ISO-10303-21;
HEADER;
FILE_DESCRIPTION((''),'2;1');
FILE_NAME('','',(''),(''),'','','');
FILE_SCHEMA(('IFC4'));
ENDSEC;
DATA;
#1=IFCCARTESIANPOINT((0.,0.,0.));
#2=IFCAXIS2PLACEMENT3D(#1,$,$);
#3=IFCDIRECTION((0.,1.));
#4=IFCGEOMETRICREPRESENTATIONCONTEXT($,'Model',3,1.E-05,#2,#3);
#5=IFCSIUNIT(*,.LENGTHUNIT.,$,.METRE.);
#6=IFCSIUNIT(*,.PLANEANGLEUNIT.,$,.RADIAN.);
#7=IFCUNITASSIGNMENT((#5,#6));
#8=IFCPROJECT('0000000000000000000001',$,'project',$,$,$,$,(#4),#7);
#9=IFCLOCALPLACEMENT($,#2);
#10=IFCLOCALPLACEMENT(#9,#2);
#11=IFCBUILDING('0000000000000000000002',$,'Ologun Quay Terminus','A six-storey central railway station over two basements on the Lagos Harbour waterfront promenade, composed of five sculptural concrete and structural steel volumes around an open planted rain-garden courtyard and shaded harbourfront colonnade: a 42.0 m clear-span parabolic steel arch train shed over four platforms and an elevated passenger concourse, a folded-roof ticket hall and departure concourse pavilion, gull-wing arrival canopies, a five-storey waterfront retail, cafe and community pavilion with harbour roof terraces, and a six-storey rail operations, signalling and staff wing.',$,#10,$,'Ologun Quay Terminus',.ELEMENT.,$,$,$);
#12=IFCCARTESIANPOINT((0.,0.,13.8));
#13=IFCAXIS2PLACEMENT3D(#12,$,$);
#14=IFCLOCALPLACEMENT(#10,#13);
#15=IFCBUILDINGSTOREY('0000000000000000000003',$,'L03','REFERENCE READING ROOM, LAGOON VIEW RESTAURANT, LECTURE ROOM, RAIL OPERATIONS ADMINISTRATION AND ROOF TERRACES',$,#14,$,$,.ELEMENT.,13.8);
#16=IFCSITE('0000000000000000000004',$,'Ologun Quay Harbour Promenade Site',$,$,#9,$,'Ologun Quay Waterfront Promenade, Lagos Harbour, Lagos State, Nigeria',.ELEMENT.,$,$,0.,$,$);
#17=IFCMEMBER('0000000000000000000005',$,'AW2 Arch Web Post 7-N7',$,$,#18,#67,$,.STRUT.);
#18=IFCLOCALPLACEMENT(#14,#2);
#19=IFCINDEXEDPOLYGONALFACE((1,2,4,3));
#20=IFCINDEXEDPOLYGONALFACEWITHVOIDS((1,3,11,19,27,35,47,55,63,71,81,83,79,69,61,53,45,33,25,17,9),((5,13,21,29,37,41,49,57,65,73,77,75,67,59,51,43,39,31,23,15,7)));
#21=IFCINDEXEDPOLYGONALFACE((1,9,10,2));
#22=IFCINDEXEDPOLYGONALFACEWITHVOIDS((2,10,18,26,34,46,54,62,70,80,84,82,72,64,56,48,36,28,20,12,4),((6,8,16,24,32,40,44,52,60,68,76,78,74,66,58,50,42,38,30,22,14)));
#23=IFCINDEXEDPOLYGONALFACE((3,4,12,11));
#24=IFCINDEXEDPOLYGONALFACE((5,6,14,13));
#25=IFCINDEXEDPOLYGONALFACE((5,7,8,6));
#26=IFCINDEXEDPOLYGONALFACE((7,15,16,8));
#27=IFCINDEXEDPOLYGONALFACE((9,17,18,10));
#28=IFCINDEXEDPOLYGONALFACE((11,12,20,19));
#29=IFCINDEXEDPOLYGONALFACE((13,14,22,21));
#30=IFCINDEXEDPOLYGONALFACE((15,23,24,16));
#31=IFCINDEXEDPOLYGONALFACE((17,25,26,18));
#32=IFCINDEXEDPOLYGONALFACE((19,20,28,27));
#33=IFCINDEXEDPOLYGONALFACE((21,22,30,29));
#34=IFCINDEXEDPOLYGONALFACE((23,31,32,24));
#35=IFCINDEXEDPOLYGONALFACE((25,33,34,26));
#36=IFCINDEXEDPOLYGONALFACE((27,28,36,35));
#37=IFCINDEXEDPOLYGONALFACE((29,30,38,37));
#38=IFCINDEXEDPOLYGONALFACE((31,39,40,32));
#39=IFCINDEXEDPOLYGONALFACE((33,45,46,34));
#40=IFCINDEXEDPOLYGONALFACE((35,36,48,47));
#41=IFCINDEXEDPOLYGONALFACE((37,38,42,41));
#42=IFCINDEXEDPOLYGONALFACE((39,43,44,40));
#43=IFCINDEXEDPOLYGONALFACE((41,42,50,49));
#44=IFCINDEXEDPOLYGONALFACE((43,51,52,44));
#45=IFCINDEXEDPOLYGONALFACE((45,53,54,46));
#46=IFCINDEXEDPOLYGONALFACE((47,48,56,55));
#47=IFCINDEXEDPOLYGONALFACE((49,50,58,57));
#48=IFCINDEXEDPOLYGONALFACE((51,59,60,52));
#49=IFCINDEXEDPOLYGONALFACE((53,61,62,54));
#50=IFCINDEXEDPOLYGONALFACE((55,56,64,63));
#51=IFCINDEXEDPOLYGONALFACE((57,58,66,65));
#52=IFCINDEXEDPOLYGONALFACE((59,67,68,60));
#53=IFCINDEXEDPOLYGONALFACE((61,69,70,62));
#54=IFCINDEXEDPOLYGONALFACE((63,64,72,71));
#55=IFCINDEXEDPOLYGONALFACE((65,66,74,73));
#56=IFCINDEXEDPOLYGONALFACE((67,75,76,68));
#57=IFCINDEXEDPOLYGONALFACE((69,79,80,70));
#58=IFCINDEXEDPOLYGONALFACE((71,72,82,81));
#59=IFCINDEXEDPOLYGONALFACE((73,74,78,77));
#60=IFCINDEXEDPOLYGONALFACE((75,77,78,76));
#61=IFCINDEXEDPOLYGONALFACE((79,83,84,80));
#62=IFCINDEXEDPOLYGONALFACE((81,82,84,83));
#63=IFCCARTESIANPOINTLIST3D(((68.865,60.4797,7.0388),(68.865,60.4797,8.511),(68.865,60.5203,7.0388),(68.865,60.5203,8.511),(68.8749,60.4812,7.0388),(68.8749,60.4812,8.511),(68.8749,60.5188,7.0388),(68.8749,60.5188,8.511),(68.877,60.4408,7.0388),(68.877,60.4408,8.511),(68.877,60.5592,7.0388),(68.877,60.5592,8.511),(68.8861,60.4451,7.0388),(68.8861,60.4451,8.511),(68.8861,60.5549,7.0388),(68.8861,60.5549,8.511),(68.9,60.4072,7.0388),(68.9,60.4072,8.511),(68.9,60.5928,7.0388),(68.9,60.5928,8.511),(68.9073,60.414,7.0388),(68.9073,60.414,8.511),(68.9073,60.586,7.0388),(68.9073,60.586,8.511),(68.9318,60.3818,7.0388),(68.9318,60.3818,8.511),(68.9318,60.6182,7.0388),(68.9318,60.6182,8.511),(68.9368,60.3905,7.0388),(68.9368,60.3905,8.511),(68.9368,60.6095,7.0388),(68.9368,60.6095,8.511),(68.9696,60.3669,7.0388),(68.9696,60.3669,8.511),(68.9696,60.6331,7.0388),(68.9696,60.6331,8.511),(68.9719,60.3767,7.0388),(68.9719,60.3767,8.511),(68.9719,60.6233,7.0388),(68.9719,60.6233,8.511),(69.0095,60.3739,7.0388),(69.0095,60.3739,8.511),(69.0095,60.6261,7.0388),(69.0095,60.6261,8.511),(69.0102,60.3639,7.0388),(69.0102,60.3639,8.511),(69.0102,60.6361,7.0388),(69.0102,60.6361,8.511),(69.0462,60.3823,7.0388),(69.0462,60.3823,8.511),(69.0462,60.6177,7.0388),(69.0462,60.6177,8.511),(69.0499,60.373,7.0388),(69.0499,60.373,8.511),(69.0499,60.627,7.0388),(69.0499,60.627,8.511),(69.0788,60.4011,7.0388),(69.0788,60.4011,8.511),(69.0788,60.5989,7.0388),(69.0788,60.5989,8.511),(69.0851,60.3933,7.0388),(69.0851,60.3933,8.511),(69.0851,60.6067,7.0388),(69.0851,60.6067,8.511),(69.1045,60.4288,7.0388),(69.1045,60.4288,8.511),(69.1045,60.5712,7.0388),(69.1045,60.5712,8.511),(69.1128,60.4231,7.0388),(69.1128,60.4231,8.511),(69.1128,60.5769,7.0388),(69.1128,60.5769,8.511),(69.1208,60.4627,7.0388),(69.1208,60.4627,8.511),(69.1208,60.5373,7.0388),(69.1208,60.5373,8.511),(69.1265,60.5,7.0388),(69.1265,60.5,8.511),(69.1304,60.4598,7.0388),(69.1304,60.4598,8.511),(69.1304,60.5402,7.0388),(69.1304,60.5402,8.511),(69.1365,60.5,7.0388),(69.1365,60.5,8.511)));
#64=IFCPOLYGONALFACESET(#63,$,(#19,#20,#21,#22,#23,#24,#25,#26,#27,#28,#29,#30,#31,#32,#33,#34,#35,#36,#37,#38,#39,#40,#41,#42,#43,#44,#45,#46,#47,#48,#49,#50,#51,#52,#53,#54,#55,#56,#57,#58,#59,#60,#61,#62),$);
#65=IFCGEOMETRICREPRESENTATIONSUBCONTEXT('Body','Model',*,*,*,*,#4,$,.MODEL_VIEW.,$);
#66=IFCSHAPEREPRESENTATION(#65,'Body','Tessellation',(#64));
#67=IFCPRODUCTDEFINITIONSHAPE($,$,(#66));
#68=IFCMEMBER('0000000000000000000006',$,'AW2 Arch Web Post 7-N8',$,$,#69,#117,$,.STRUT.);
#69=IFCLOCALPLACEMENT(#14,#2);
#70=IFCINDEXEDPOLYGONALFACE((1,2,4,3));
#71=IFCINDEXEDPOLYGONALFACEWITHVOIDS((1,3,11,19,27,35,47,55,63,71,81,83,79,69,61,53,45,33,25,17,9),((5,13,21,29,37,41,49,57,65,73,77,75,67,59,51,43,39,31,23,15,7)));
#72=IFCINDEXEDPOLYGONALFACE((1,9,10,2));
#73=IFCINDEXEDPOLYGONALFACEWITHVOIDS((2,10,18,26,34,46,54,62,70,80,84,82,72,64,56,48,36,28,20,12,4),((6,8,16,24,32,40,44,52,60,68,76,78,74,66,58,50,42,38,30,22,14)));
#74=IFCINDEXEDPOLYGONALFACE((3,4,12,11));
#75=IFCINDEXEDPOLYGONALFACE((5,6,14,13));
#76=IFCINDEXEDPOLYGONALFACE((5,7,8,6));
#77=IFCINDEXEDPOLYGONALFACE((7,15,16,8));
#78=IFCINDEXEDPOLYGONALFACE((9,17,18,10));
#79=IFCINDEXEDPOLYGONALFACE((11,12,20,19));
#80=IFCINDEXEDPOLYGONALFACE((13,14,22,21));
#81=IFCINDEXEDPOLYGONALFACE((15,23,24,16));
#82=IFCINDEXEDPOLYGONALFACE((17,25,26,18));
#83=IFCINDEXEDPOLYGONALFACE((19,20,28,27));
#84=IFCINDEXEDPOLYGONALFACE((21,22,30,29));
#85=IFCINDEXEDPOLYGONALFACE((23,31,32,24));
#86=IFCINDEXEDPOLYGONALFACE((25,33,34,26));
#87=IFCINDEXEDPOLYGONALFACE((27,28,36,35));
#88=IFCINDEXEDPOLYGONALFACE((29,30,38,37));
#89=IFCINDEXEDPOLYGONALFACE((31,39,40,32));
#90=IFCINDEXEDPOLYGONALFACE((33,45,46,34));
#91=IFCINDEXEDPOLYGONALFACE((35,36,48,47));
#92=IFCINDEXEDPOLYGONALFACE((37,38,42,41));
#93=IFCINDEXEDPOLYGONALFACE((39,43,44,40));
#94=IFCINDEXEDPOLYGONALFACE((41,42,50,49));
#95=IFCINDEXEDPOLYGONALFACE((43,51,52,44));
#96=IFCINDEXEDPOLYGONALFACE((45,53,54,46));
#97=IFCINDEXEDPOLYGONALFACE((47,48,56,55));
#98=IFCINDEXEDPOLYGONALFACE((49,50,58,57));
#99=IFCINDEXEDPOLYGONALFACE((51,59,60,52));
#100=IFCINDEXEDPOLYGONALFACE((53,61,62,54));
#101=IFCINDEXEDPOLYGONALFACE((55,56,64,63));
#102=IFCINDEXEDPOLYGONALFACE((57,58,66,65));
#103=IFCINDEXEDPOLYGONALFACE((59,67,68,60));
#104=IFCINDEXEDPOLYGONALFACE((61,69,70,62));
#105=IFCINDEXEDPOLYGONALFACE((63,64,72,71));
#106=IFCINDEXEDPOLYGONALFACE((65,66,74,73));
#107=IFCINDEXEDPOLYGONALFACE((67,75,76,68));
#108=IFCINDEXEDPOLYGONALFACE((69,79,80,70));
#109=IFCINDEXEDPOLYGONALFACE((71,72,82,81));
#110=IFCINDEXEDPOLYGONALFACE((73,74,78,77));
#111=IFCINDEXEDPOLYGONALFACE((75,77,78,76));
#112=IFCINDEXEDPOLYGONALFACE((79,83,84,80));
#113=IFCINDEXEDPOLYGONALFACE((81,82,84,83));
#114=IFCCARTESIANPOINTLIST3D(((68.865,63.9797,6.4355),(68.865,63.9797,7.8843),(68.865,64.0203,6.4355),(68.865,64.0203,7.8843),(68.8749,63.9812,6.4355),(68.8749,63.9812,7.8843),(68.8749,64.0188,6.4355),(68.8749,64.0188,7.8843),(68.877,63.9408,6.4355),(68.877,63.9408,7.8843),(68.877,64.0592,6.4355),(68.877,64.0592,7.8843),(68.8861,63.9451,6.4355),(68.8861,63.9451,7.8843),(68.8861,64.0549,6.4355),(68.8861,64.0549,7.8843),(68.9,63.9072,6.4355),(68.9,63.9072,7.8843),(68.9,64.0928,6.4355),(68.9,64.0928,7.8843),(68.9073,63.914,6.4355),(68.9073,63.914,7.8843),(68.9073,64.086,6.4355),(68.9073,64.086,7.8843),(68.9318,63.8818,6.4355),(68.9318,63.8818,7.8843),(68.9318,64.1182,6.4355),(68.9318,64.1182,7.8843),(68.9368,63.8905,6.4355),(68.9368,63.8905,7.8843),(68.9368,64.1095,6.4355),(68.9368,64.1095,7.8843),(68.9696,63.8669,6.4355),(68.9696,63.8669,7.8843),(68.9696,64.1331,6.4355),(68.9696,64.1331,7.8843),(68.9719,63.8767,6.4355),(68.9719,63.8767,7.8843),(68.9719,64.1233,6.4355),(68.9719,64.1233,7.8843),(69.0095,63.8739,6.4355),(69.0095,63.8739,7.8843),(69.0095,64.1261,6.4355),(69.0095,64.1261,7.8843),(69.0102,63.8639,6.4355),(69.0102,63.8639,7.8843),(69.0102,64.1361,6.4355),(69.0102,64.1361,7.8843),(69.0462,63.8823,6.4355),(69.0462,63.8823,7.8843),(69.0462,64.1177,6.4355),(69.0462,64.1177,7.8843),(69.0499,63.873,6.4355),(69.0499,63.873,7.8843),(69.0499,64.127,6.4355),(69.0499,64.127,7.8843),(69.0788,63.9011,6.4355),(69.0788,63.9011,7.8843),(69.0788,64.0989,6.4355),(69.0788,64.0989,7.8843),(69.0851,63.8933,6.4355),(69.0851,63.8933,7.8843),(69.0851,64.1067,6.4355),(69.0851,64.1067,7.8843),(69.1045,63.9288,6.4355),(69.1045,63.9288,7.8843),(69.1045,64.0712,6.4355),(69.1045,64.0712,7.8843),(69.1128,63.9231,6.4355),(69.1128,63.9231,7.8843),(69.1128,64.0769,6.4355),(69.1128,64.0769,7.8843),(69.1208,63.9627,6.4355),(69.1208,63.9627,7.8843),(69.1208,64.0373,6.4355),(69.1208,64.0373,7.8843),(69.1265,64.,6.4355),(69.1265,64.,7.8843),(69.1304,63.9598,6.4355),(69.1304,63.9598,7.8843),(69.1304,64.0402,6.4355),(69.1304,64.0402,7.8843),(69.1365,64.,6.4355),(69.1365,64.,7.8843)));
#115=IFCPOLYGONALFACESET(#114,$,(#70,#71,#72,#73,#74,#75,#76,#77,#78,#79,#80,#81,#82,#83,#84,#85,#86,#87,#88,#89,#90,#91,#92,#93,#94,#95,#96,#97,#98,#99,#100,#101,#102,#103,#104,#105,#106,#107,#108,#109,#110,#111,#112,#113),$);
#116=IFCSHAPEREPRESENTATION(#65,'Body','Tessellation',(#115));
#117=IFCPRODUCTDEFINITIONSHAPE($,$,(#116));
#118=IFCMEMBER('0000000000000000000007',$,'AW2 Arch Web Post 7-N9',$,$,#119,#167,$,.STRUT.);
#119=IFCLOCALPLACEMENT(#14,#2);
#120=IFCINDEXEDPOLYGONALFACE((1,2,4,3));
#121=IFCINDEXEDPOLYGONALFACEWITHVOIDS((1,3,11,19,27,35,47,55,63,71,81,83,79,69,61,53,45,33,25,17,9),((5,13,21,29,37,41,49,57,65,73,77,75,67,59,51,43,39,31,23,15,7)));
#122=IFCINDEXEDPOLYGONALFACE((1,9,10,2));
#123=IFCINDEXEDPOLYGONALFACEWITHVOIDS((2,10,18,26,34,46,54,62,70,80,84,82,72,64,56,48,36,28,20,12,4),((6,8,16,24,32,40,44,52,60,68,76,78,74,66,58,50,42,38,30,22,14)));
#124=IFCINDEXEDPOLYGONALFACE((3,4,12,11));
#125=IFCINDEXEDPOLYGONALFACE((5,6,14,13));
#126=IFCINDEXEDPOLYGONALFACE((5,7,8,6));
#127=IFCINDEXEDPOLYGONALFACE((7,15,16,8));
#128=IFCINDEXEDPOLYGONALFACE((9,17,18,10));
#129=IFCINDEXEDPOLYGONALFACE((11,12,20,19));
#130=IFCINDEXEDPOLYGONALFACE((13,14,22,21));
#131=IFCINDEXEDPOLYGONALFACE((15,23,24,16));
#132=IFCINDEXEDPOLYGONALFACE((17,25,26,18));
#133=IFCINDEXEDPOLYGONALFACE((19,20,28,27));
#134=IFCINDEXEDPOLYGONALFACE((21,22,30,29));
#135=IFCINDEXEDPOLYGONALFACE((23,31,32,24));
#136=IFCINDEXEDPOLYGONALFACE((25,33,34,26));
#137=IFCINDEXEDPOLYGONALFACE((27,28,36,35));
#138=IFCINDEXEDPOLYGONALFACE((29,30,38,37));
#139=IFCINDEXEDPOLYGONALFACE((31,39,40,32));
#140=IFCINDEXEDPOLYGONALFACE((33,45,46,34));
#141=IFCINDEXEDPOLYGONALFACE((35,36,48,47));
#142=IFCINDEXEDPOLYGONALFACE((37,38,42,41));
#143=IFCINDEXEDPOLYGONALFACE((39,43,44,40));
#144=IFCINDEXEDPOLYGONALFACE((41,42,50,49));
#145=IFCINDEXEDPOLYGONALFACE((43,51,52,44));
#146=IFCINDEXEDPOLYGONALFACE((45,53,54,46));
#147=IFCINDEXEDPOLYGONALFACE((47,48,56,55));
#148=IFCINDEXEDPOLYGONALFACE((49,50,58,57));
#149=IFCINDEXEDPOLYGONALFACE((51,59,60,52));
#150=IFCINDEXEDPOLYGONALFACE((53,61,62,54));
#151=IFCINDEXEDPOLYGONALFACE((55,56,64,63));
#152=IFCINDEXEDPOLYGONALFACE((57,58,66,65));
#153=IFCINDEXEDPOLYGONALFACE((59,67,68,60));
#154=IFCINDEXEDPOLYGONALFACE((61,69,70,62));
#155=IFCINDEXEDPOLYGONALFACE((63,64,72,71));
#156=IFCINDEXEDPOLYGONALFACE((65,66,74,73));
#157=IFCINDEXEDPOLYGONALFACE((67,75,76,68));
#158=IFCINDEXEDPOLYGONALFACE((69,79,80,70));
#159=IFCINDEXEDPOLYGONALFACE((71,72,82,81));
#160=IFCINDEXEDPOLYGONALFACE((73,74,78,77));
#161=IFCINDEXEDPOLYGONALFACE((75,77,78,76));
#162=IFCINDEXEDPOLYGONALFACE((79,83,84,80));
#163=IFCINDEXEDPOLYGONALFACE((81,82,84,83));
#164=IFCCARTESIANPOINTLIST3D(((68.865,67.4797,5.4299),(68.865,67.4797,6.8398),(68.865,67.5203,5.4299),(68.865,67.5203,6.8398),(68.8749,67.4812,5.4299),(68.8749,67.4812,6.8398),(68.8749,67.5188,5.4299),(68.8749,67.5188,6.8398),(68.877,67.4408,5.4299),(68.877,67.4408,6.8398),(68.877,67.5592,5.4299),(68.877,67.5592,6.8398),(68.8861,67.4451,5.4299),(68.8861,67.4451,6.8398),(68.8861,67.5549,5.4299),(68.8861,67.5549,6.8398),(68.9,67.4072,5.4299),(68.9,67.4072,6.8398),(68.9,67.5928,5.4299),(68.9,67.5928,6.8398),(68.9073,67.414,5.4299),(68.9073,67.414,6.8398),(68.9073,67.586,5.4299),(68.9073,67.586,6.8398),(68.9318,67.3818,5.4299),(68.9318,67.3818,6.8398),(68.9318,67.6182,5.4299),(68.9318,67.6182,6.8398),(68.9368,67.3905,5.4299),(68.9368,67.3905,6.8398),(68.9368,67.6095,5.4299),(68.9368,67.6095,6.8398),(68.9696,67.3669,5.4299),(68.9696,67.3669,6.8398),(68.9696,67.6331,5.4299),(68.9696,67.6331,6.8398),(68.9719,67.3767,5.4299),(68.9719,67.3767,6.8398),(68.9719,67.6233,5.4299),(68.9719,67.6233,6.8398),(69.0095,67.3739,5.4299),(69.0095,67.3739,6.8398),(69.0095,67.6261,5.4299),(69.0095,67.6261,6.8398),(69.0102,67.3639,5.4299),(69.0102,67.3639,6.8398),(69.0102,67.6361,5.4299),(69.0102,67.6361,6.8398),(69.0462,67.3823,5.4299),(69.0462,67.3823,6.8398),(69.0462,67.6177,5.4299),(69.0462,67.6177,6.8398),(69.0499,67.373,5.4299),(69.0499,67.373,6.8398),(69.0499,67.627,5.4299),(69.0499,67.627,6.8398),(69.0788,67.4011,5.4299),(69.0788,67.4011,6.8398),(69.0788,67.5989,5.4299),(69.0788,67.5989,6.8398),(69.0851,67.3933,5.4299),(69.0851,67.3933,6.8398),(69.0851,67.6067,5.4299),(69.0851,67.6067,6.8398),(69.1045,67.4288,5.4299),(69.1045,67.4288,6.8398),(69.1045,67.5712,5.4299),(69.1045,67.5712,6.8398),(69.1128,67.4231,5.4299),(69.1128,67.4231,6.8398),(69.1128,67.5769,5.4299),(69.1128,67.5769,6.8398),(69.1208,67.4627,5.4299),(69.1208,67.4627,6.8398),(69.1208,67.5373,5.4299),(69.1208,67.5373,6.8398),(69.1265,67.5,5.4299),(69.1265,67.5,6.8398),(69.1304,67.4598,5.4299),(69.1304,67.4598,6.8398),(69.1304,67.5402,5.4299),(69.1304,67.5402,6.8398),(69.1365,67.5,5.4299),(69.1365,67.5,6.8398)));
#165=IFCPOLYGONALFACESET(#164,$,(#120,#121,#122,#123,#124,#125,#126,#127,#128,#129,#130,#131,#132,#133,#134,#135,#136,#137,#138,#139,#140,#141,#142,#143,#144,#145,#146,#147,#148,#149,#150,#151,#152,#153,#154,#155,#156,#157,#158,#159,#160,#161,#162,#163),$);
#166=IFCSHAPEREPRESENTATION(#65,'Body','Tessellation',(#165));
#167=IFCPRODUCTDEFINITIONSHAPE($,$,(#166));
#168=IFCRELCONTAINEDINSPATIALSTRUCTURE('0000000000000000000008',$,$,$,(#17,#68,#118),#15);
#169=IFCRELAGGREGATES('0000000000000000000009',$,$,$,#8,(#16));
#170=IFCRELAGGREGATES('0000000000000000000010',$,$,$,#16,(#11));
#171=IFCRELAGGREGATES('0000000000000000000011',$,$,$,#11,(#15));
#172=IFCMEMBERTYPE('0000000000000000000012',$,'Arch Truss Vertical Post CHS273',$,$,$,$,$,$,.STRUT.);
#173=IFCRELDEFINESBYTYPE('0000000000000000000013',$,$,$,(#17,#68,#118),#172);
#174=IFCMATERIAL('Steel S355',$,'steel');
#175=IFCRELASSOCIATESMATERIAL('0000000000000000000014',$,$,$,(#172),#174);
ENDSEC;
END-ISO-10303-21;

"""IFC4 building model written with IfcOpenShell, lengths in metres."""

from ifc_helpers import new_model, si_unit, direction, frame, origin, origin_2d, place, context, subcontext, project, spatial, hollow_circle, extrude, material, material_profile, profile_set, type_object, element, save


model = new_model("IFC4")

# Units and contexts
model_context = context("Model", 3, precision=1e-05, world=origin(), true_north=direction((0.0, 1.0)))
body_context = subcontext(model_context, "Body", "Model", "MODEL_VIEW")
ifc_project = project(units=[si_unit("LENGTHUNIT", "METRE"), si_unit("PLANEANGLEUNIT", "RADIAN")], contexts=[model_context])

# Site, building, storey
site_placement = place(None, origin())
site = spatial("IfcSite", under=ifc_project, at=site_placement, Name="Ologun Quay Harbour Promenade Site", LongName="Ologun Quay Waterfront Promenade, Lagos Harbour, Lagos State, Nigeria", CompositionType="ELEMENT", RefElevation=0.0)
building_placement = place(site_placement, origin())
building = spatial("IfcBuilding", under=site, at=building_placement, Name="Ologun Quay Terminus", Description="A six-storey central railway station over two basements on the Lagos Harbour waterfront promenade, composed of five sculptural concrete and structural steel volumes around an open planted rain-garden courtyard and shaded harbourfront colonnade: a 42.0 m clear-span parabolic steel arch train shed over four platforms and an elevated passenger concourse, a folded-roof ticket hall and departure concourse pavilion, gull-wing arrival canopies, a five-storey waterfront retail, cafe and community pavilion with harbour roof terraces, and a six-storey rail operations, signalling and staff wing.", LongName="Ologun Quay Terminus", CompositionType="ELEMENT")
storey_placement = place(building_placement, frame((0.0, 0.0, 13.8)))
storey = spatial("IfcBuildingStorey", under=building, at=storey_placement, Name="L03", Description="REFERENCE READING ROOM, LAGOON VIEW RESTAURANT, LECTURE ROOM, RAIL OPERATIONS ADMINISTRATION AND ROOF TERRACES", CompositionType="ELEMENT", Elevation=13.8)

# Members
ifc_material_1 = material(Name="Steel S355", Category="steel")
ifc_material_profile_1 = material_profile(ifc_material_1, hollow_circle(Radius=0.1365, WallThickness=0.01, at=origin_2d()), Name="CHS 273x10")
ifc_profile_set_1 = profile_set([ifc_material_profile_1], Name="Steel S355")
member_type_1 = type_object("IfcMemberType", Name="Arch Truss Vertical Post CHS273", PredefinedType="STRUT", material=ifc_profile_set_1)
member_1_placement = place(storey_placement, frame((69.0, 60.5, 7.0388), z_axis=(0.0, 0.0, 1.0), x_axis=(1.0, 0.0, 0.0)))
element("IfcMember", 1, at=member_1_placement, inside=storey, type_object=member_type_1, Name="AW2 Arch Web Post 7-N7", PredefinedType="STRUT", context=body_context, shape_type="SweptSolid", body=[
    extrude(hollow_circle(Radius=0.1365, WallThickness=0.01, at=origin_2d()), origin(), (0.0, 0.0, 1.0), 1.4722),
])
member_2_placement = place(storey_placement, frame((69.0, 64.0, 6.4355), z_axis=(0.0, 0.0, 1.0), x_axis=(1.0, 0.0, 0.0)))
element("IfcMember", 2, at=member_2_placement, inside=storey, type_object=member_type_1, Name="AW2 Arch Web Post 7-N8", PredefinedType="STRUT", context=body_context, shape_type="SweptSolid", body=[
    extrude(hollow_circle(Radius=0.1365, WallThickness=0.01, at=origin_2d()), origin(), (0.0, 0.0, 1.0), 1.4487),
])
member_3_placement = place(storey_placement, frame((69.0, 67.5, 5.4299), z_axis=(0.0, 0.0, 1.0), x_axis=(1.0, 0.0, 0.0)))
element("IfcMember", 3, at=member_3_placement, inside=storey, type_object=member_type_1, Name="AW2 Arch Web Post 7-N9", PredefinedType="STRUT", context=body_context, shape_type="SweptSolid", body=[
    extrude(hollow_circle(Radius=0.1365, WallThickness=0.01, at=origin_2d()), origin(), (0.0, 0.0, 1.0), 1.4099),
])

save(model, "model.ifc")
